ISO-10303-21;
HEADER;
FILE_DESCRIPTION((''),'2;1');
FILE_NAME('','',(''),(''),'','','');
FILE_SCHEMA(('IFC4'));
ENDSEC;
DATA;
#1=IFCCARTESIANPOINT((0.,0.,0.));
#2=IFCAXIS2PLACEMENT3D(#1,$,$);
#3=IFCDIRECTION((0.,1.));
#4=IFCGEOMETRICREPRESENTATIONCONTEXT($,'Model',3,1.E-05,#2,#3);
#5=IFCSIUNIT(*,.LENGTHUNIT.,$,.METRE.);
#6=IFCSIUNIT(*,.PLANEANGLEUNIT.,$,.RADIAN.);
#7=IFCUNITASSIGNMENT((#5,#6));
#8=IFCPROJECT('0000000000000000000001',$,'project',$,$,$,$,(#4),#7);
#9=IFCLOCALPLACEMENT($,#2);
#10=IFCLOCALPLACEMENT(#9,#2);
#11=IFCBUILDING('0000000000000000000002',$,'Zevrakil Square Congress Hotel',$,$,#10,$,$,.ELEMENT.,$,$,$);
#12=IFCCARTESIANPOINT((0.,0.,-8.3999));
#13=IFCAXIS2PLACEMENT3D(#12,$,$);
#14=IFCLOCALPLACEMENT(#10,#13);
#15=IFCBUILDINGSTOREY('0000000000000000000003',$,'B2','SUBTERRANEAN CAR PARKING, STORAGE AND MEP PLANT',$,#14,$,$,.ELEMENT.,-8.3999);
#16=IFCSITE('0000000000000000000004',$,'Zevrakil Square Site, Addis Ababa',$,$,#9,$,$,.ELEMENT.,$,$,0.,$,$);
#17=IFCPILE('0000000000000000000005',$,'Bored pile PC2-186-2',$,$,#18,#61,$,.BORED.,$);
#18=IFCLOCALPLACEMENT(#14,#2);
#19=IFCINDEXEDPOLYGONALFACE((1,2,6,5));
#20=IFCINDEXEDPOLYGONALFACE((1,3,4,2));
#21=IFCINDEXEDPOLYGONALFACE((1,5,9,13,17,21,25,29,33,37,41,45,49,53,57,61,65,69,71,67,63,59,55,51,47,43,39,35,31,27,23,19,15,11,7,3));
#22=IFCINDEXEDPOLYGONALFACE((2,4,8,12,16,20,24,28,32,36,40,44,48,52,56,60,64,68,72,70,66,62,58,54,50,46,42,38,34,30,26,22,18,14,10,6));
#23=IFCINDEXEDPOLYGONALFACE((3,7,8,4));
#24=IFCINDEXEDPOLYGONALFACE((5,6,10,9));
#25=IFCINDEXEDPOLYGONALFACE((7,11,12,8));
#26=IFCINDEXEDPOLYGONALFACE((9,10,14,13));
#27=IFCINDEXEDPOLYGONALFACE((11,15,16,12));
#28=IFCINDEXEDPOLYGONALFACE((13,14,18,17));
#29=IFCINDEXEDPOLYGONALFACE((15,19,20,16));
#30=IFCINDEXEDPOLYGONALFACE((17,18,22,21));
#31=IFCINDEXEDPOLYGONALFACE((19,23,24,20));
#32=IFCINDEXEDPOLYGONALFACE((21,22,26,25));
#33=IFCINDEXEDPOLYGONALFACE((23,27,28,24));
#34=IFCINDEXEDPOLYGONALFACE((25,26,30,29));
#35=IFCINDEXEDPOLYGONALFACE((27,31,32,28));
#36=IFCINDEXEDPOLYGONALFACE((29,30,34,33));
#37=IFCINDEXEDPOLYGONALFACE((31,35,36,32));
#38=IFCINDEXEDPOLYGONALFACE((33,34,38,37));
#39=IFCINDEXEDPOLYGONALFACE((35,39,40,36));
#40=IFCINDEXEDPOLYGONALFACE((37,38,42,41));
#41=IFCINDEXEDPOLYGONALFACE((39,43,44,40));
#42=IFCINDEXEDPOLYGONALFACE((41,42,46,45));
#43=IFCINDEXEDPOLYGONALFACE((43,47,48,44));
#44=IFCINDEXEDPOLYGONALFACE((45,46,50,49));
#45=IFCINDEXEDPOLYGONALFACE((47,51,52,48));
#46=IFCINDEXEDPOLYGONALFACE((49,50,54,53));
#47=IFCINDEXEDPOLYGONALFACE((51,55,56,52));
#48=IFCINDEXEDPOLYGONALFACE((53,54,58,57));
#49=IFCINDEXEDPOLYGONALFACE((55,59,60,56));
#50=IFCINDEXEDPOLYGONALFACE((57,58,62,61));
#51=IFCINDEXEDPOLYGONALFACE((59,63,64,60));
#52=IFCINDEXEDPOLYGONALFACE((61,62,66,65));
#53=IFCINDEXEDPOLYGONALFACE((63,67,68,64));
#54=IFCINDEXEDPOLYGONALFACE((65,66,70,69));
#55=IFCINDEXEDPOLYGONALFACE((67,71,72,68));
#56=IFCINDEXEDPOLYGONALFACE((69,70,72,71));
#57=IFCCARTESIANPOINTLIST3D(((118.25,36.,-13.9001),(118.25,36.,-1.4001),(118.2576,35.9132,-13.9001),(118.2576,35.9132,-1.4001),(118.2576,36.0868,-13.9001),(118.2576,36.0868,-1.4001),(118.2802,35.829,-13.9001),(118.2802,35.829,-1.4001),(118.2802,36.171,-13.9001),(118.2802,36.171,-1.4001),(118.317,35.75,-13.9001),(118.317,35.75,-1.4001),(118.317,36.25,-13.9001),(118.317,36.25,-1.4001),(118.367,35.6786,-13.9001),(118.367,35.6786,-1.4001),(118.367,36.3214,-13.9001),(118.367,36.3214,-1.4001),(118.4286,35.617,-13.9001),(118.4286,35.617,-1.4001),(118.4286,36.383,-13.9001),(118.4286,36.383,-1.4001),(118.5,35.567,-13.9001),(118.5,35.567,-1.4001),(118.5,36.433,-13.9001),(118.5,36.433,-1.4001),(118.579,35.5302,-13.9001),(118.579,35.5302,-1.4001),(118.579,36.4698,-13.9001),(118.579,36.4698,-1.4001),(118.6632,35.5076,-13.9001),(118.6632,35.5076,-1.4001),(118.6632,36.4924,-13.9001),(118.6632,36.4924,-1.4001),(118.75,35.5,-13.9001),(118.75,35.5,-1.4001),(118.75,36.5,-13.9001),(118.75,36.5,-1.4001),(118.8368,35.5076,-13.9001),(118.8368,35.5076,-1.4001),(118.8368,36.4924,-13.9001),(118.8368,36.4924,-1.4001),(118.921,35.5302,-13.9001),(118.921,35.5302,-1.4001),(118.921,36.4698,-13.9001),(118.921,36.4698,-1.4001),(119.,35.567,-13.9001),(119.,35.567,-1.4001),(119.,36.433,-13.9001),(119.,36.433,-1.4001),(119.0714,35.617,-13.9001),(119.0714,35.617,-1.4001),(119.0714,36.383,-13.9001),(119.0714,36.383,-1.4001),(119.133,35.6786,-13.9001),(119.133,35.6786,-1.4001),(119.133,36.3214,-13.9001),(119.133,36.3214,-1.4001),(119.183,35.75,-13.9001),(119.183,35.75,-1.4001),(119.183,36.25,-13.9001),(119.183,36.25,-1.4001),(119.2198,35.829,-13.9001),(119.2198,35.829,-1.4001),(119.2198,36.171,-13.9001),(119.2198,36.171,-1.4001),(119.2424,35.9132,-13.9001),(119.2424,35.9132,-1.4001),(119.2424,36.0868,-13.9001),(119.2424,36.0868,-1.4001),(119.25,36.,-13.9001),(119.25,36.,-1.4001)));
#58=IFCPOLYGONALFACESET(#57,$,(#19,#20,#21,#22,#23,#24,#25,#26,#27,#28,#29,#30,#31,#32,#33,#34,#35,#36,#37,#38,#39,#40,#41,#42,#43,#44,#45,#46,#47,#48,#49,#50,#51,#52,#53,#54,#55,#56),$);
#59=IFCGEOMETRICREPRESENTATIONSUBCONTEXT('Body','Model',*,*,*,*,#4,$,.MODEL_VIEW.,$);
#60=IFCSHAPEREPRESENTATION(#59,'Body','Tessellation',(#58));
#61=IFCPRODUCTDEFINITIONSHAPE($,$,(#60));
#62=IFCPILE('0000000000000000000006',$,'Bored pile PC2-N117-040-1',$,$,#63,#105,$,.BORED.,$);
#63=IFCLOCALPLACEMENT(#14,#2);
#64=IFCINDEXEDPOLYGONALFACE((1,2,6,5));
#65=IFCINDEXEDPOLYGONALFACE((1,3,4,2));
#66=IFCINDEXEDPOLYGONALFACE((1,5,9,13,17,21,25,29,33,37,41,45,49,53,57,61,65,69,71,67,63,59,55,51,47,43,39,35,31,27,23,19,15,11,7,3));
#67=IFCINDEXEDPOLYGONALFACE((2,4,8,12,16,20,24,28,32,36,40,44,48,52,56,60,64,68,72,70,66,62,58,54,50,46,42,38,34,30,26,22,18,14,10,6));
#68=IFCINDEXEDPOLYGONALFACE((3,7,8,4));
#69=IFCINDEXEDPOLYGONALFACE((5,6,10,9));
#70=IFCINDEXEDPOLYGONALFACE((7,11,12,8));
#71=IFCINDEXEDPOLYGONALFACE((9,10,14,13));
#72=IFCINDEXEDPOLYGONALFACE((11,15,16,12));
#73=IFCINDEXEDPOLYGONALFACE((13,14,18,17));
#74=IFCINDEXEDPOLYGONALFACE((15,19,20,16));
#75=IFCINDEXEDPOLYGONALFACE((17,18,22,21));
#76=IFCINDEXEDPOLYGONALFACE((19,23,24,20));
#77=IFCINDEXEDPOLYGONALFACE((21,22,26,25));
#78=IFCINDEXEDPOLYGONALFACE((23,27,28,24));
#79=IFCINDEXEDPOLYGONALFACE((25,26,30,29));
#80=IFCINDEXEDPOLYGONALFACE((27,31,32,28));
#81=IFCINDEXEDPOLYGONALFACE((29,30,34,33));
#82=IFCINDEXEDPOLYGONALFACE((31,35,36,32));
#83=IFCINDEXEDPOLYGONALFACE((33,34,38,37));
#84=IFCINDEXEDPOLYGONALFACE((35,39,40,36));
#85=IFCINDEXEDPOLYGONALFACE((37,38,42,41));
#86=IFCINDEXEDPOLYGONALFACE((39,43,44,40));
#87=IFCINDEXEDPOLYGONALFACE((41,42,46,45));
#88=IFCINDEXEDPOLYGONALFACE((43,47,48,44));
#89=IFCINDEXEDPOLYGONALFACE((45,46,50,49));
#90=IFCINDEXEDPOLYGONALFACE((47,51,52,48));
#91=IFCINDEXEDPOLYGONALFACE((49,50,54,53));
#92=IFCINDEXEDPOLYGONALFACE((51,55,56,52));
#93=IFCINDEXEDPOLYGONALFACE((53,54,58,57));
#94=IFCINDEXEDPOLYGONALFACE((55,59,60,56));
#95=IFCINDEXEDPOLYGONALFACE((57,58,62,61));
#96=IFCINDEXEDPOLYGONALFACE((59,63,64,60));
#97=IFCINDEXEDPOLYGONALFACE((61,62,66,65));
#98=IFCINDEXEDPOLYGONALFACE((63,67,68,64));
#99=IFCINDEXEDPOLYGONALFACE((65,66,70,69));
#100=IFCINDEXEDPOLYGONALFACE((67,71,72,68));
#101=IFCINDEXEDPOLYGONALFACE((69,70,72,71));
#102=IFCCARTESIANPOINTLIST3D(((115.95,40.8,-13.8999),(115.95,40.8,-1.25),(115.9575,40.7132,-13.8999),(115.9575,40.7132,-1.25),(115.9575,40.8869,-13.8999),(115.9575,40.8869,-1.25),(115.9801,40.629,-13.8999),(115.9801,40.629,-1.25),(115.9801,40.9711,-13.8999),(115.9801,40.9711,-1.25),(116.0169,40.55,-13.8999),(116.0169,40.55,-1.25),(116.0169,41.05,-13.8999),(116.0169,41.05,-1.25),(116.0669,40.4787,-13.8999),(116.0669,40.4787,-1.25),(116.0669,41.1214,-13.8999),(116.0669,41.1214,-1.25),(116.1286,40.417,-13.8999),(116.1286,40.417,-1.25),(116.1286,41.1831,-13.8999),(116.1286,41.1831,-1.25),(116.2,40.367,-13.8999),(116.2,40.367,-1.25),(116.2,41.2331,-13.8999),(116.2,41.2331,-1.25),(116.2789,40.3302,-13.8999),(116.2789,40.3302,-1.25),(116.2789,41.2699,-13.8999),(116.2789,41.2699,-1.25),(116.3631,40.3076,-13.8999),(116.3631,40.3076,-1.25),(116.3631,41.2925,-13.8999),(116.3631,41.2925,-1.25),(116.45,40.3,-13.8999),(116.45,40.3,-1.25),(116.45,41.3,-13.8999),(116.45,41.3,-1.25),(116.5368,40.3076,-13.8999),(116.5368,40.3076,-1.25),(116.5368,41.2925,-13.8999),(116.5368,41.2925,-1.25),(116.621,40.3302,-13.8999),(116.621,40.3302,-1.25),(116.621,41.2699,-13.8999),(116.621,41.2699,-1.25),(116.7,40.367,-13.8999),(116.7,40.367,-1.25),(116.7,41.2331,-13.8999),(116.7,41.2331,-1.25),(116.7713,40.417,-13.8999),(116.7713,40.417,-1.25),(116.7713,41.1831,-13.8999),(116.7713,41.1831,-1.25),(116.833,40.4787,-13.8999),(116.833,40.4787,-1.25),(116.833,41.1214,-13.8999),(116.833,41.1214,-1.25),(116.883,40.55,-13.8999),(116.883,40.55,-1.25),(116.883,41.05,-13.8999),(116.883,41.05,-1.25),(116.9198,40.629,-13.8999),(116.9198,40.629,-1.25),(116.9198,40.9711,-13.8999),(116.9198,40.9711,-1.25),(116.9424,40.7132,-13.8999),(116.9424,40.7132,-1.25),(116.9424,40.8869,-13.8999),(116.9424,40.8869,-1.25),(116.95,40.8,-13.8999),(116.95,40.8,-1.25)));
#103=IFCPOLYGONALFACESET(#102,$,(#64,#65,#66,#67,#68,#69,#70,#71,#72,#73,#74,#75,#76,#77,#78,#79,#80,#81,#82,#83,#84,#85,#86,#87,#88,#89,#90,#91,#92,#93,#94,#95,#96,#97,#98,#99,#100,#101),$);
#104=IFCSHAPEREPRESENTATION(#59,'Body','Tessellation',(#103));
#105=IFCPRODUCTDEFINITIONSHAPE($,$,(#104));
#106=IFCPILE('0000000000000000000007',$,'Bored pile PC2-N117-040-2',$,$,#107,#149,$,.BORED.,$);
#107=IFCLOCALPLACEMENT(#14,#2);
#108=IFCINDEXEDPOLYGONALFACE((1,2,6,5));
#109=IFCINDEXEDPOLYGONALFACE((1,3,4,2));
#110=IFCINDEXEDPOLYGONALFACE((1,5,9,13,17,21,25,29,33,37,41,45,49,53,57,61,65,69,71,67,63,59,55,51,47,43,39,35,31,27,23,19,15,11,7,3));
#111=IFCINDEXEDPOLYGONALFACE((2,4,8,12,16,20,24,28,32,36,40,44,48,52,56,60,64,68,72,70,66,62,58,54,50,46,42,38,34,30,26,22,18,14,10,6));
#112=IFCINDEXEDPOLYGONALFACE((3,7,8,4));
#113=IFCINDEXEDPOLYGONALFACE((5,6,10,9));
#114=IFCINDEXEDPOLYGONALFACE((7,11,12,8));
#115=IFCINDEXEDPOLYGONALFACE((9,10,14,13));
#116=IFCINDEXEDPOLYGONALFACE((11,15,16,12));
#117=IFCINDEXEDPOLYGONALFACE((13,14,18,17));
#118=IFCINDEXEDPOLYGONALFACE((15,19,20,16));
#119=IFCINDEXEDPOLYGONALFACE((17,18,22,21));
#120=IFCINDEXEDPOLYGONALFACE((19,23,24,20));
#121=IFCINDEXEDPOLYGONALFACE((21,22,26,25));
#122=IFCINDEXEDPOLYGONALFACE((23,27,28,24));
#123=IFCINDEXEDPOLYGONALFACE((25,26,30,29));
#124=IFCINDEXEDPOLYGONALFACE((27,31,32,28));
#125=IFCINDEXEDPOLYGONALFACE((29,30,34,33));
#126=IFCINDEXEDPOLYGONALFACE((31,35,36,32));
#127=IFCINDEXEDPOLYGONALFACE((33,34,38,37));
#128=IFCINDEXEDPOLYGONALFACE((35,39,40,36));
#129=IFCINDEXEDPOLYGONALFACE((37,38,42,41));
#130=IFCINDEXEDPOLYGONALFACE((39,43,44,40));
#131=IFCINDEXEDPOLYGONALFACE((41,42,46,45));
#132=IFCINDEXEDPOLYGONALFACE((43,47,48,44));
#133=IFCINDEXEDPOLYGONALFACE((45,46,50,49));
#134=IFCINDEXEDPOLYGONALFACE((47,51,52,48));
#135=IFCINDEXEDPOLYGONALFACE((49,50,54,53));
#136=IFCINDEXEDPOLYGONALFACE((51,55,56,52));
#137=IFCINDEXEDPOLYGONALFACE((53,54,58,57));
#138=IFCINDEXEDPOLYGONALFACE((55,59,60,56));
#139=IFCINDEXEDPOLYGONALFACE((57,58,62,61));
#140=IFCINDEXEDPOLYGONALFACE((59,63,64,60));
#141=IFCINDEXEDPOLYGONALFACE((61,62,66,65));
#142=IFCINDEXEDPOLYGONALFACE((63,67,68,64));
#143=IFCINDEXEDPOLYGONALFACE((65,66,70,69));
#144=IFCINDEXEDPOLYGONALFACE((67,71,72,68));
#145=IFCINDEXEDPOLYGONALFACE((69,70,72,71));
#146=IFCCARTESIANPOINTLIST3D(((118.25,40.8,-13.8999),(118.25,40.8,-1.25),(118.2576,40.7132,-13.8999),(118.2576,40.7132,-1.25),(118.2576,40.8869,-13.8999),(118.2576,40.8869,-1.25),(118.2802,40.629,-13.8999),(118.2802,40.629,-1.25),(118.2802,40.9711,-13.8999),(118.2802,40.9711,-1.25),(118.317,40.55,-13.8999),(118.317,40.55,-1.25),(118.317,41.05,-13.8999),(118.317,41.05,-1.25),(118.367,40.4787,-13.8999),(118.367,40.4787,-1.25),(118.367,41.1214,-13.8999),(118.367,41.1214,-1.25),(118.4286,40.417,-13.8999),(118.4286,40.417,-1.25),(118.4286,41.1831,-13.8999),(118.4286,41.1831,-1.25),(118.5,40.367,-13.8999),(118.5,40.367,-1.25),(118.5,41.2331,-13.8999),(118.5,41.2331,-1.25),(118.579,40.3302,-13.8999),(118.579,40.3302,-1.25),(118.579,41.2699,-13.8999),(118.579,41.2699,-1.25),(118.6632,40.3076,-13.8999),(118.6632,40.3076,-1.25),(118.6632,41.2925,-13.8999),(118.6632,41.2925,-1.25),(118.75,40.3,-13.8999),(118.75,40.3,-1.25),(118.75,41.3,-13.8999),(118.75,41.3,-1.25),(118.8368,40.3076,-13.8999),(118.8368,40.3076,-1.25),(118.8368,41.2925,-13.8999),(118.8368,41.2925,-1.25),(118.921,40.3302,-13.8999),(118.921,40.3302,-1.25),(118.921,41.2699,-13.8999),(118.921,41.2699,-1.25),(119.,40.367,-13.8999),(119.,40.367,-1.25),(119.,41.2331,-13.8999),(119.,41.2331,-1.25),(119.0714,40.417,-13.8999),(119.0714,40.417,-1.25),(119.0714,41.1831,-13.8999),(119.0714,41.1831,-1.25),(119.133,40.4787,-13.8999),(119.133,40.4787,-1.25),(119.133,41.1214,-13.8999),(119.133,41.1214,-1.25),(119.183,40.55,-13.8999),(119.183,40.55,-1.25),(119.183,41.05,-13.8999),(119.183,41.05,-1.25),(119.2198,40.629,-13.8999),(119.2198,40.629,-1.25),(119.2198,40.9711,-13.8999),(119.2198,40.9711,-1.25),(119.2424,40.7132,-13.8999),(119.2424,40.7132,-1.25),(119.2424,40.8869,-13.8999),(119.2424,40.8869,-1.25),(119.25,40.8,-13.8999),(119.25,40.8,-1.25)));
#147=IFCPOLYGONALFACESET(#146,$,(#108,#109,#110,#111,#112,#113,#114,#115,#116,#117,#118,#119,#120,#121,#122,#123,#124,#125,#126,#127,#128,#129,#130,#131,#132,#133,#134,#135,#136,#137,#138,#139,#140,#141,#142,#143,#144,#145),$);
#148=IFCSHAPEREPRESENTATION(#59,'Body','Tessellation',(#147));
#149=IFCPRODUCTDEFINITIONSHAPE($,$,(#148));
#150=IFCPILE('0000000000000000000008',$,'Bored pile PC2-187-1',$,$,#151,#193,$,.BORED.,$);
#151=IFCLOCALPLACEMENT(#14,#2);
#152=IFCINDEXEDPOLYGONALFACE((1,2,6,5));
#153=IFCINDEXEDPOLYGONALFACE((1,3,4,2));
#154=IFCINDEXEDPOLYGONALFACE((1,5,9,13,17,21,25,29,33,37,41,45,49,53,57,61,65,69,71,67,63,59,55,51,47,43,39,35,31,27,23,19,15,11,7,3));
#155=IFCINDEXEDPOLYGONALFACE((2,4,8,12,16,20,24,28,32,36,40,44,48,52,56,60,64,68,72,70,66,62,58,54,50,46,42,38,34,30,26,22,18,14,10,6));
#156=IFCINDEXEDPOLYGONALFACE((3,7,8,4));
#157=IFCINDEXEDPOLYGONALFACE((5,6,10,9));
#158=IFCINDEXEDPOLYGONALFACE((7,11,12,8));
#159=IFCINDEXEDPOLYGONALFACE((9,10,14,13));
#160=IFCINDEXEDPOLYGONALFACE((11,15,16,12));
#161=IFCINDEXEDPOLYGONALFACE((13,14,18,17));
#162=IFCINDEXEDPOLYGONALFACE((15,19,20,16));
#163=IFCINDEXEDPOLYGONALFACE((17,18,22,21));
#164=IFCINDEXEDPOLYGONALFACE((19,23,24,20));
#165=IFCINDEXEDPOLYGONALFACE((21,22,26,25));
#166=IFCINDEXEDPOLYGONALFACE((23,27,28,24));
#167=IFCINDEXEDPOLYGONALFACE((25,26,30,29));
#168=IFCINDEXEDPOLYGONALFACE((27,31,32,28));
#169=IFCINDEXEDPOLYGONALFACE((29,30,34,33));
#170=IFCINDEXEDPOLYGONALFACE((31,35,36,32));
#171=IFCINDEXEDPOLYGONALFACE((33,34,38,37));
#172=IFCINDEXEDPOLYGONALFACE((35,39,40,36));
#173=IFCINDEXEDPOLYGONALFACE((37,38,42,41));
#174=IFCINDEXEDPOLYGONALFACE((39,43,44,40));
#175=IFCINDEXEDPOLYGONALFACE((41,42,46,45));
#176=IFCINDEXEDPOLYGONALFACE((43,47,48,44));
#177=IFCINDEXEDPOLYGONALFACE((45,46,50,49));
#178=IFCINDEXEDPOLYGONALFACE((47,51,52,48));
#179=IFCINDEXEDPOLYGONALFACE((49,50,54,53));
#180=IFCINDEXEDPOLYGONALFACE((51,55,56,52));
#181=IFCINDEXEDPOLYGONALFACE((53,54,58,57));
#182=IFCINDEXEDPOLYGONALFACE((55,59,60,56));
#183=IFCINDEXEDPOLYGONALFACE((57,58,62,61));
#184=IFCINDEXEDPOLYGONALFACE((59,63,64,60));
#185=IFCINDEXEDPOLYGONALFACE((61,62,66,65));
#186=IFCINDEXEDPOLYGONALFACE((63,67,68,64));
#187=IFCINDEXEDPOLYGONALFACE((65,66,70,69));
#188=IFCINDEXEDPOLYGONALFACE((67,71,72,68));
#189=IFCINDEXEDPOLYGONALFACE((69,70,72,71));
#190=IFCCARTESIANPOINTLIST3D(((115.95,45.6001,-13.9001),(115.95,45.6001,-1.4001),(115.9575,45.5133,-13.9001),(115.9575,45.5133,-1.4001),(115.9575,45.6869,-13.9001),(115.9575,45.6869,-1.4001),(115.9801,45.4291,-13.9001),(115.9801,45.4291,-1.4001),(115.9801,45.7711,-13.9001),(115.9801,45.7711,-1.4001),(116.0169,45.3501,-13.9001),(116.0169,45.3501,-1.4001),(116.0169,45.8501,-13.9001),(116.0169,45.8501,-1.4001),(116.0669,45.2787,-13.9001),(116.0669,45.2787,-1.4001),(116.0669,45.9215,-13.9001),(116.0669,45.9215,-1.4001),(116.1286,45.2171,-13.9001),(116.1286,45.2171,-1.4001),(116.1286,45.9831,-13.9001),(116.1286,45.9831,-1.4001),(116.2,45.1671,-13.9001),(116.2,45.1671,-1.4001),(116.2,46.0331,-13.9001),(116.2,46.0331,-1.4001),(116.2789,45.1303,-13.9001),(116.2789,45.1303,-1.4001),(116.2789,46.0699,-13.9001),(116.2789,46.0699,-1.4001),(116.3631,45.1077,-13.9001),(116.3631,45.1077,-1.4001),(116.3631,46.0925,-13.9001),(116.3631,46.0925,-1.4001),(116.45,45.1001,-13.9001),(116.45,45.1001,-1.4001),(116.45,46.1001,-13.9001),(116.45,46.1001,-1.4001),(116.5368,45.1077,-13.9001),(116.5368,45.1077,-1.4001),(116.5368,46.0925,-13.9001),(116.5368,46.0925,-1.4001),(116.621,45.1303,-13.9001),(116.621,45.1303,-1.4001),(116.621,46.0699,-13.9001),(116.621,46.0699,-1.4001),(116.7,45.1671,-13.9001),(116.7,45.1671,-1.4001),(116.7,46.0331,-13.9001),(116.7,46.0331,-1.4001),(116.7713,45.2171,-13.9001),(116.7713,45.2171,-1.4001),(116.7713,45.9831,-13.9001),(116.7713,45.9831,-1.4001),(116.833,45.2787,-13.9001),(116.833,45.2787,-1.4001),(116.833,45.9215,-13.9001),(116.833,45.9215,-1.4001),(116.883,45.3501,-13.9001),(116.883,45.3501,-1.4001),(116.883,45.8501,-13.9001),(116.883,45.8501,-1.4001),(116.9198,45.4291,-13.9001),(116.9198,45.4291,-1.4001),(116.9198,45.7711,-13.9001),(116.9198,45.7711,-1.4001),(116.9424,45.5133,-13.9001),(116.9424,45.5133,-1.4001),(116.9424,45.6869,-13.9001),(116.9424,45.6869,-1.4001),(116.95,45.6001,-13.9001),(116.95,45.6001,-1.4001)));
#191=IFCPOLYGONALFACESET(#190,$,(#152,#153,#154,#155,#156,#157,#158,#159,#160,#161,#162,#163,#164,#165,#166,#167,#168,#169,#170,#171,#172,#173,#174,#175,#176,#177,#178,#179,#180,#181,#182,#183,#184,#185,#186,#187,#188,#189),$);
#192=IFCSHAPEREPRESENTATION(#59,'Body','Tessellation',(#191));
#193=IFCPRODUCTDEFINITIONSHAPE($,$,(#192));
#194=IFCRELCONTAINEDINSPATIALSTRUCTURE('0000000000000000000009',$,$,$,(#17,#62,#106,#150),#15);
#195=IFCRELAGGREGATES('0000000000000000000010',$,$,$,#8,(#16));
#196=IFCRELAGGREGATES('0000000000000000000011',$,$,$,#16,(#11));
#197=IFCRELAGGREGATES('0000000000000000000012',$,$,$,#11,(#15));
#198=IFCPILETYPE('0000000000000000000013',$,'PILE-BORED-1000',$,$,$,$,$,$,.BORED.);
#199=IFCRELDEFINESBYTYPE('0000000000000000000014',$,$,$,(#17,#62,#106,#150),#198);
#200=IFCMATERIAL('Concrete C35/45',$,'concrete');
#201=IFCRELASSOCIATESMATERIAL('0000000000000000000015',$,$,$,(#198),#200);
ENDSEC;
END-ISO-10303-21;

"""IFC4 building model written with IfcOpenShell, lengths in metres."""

from ifc_helpers import new_model, si_unit, direction, frame, origin, origin_2d, place, context, subcontext, project, spatial, circle, extrude, material, material_profile, profile_set, type_object, element, save


model = new_model("IFC4")

# Units and contexts
model_context = context("Model", 3, precision=1e-05, world=origin(), true_north=direction((0.0, 1.0)))
body_context = subcontext(model_context, "Body", "Model", "MODEL_VIEW")
ifc_project = project(units=[si_unit("LENGTHUNIT", "METRE"), si_unit("PLANEANGLEUNIT", "RADIAN")], contexts=[model_context])

# Site, building, storey
site_placement = place(None, origin())
site = spatial("IfcSite", under=ifc_project, at=site_placement, Name="Zevrakil Square Site, Addis Ababa", CompositionType="ELEMENT", RefElevation=0.0)
building_placement = place(site_placement, origin())
building = spatial("IfcBuilding", under=site, at=building_placement, Name="Zevrakil Square Congress Hotel", CompositionType="ELEMENT")
storey_placement = place(building_placement, frame((0.0, 0.0, -8.3999)))
storey = spatial("IfcBuildingStorey", under=building, at=storey_placement, Name="B2", Description="SUBTERRANEAN CAR PARKING, STORAGE AND MEP PLANT", CompositionType="ELEMENT", Elevation=-8.3999)

# Piles
ifc_material_1 = material(Name="Concrete C35/45", Category="concrete")
ifc_material_profile_1 = material_profile(ifc_material_1, circle(Radius=0.5, at=origin_2d()), Name="PILE D1000")
ifc_profile_set_1 = profile_set([ifc_material_profile_1], Name="Concrete C35/45")
pile_type_1 = type_object("IfcPileType", Name="PILE-BORED-1000", PredefinedType="BORED", material=ifc_profile_set_1)
pile_1_placement = place(storey_placement, frame((118.75, 36.0, -1.4001), z_axis=(0.0, 0.0, -1.0), x_axis=(1.0, 0.0, 0.0)))
element("IfcPile", 1, at=pile_1_placement, inside=storey, type_object=pile_type_1, Name="Bored pile PC2-186-2", PredefinedType="BORED", context=body_context, shape_type="SweptSolid", body=[
    extrude(circle(Radius=0.5, at=origin_2d()), origin(), (0.0, 0.0, 1.0), 12.5),
])
for number, where, z_axis, x_axis, name in (
    (2, (116.45, 40.8, -1.25), (0.0, 0.0, -1.0), (1.0, 0.0, 0.0), "Bored pile PC2-N117-040-1"),
    (3, (118.75, 40.8, -1.25), (0.0, 0.0, -1.0), (1.0, 0.0, 0.0), "Bored pile PC2-N117-040-2"),
):
    element("IfcPile", number, at=place(storey_placement, frame(where, z_axis=z_axis, x_axis=x_axis)), inside=storey, type_object=pile_type_1, Name=name, PredefinedType="BORED", context=body_context, shape_type="SweptSolid", body=[
        extrude(circle(Radius=0.5, at=origin_2d()), origin(), (0.0, 0.0, 1.0), 12.6499),
    ])
pile_2_placement = place(storey_placement, frame((116.45, 45.6001, -1.4001), z_axis=(0.0, 0.0, -1.0), x_axis=(1.0, 0.0, 0.0)))
element("IfcPile", 4, at=pile_2_placement, inside=storey, type_object=pile_type_1, Name="Bored pile PC2-187-1", PredefinedType="BORED", context=body_context, shape_type="SweptSolid", body=[
    extrude(circle(Radius=0.5, at=origin_2d()), origin(), (0.0, 0.0, 1.0), 12.5),
])

save(model, "model.ifc")
